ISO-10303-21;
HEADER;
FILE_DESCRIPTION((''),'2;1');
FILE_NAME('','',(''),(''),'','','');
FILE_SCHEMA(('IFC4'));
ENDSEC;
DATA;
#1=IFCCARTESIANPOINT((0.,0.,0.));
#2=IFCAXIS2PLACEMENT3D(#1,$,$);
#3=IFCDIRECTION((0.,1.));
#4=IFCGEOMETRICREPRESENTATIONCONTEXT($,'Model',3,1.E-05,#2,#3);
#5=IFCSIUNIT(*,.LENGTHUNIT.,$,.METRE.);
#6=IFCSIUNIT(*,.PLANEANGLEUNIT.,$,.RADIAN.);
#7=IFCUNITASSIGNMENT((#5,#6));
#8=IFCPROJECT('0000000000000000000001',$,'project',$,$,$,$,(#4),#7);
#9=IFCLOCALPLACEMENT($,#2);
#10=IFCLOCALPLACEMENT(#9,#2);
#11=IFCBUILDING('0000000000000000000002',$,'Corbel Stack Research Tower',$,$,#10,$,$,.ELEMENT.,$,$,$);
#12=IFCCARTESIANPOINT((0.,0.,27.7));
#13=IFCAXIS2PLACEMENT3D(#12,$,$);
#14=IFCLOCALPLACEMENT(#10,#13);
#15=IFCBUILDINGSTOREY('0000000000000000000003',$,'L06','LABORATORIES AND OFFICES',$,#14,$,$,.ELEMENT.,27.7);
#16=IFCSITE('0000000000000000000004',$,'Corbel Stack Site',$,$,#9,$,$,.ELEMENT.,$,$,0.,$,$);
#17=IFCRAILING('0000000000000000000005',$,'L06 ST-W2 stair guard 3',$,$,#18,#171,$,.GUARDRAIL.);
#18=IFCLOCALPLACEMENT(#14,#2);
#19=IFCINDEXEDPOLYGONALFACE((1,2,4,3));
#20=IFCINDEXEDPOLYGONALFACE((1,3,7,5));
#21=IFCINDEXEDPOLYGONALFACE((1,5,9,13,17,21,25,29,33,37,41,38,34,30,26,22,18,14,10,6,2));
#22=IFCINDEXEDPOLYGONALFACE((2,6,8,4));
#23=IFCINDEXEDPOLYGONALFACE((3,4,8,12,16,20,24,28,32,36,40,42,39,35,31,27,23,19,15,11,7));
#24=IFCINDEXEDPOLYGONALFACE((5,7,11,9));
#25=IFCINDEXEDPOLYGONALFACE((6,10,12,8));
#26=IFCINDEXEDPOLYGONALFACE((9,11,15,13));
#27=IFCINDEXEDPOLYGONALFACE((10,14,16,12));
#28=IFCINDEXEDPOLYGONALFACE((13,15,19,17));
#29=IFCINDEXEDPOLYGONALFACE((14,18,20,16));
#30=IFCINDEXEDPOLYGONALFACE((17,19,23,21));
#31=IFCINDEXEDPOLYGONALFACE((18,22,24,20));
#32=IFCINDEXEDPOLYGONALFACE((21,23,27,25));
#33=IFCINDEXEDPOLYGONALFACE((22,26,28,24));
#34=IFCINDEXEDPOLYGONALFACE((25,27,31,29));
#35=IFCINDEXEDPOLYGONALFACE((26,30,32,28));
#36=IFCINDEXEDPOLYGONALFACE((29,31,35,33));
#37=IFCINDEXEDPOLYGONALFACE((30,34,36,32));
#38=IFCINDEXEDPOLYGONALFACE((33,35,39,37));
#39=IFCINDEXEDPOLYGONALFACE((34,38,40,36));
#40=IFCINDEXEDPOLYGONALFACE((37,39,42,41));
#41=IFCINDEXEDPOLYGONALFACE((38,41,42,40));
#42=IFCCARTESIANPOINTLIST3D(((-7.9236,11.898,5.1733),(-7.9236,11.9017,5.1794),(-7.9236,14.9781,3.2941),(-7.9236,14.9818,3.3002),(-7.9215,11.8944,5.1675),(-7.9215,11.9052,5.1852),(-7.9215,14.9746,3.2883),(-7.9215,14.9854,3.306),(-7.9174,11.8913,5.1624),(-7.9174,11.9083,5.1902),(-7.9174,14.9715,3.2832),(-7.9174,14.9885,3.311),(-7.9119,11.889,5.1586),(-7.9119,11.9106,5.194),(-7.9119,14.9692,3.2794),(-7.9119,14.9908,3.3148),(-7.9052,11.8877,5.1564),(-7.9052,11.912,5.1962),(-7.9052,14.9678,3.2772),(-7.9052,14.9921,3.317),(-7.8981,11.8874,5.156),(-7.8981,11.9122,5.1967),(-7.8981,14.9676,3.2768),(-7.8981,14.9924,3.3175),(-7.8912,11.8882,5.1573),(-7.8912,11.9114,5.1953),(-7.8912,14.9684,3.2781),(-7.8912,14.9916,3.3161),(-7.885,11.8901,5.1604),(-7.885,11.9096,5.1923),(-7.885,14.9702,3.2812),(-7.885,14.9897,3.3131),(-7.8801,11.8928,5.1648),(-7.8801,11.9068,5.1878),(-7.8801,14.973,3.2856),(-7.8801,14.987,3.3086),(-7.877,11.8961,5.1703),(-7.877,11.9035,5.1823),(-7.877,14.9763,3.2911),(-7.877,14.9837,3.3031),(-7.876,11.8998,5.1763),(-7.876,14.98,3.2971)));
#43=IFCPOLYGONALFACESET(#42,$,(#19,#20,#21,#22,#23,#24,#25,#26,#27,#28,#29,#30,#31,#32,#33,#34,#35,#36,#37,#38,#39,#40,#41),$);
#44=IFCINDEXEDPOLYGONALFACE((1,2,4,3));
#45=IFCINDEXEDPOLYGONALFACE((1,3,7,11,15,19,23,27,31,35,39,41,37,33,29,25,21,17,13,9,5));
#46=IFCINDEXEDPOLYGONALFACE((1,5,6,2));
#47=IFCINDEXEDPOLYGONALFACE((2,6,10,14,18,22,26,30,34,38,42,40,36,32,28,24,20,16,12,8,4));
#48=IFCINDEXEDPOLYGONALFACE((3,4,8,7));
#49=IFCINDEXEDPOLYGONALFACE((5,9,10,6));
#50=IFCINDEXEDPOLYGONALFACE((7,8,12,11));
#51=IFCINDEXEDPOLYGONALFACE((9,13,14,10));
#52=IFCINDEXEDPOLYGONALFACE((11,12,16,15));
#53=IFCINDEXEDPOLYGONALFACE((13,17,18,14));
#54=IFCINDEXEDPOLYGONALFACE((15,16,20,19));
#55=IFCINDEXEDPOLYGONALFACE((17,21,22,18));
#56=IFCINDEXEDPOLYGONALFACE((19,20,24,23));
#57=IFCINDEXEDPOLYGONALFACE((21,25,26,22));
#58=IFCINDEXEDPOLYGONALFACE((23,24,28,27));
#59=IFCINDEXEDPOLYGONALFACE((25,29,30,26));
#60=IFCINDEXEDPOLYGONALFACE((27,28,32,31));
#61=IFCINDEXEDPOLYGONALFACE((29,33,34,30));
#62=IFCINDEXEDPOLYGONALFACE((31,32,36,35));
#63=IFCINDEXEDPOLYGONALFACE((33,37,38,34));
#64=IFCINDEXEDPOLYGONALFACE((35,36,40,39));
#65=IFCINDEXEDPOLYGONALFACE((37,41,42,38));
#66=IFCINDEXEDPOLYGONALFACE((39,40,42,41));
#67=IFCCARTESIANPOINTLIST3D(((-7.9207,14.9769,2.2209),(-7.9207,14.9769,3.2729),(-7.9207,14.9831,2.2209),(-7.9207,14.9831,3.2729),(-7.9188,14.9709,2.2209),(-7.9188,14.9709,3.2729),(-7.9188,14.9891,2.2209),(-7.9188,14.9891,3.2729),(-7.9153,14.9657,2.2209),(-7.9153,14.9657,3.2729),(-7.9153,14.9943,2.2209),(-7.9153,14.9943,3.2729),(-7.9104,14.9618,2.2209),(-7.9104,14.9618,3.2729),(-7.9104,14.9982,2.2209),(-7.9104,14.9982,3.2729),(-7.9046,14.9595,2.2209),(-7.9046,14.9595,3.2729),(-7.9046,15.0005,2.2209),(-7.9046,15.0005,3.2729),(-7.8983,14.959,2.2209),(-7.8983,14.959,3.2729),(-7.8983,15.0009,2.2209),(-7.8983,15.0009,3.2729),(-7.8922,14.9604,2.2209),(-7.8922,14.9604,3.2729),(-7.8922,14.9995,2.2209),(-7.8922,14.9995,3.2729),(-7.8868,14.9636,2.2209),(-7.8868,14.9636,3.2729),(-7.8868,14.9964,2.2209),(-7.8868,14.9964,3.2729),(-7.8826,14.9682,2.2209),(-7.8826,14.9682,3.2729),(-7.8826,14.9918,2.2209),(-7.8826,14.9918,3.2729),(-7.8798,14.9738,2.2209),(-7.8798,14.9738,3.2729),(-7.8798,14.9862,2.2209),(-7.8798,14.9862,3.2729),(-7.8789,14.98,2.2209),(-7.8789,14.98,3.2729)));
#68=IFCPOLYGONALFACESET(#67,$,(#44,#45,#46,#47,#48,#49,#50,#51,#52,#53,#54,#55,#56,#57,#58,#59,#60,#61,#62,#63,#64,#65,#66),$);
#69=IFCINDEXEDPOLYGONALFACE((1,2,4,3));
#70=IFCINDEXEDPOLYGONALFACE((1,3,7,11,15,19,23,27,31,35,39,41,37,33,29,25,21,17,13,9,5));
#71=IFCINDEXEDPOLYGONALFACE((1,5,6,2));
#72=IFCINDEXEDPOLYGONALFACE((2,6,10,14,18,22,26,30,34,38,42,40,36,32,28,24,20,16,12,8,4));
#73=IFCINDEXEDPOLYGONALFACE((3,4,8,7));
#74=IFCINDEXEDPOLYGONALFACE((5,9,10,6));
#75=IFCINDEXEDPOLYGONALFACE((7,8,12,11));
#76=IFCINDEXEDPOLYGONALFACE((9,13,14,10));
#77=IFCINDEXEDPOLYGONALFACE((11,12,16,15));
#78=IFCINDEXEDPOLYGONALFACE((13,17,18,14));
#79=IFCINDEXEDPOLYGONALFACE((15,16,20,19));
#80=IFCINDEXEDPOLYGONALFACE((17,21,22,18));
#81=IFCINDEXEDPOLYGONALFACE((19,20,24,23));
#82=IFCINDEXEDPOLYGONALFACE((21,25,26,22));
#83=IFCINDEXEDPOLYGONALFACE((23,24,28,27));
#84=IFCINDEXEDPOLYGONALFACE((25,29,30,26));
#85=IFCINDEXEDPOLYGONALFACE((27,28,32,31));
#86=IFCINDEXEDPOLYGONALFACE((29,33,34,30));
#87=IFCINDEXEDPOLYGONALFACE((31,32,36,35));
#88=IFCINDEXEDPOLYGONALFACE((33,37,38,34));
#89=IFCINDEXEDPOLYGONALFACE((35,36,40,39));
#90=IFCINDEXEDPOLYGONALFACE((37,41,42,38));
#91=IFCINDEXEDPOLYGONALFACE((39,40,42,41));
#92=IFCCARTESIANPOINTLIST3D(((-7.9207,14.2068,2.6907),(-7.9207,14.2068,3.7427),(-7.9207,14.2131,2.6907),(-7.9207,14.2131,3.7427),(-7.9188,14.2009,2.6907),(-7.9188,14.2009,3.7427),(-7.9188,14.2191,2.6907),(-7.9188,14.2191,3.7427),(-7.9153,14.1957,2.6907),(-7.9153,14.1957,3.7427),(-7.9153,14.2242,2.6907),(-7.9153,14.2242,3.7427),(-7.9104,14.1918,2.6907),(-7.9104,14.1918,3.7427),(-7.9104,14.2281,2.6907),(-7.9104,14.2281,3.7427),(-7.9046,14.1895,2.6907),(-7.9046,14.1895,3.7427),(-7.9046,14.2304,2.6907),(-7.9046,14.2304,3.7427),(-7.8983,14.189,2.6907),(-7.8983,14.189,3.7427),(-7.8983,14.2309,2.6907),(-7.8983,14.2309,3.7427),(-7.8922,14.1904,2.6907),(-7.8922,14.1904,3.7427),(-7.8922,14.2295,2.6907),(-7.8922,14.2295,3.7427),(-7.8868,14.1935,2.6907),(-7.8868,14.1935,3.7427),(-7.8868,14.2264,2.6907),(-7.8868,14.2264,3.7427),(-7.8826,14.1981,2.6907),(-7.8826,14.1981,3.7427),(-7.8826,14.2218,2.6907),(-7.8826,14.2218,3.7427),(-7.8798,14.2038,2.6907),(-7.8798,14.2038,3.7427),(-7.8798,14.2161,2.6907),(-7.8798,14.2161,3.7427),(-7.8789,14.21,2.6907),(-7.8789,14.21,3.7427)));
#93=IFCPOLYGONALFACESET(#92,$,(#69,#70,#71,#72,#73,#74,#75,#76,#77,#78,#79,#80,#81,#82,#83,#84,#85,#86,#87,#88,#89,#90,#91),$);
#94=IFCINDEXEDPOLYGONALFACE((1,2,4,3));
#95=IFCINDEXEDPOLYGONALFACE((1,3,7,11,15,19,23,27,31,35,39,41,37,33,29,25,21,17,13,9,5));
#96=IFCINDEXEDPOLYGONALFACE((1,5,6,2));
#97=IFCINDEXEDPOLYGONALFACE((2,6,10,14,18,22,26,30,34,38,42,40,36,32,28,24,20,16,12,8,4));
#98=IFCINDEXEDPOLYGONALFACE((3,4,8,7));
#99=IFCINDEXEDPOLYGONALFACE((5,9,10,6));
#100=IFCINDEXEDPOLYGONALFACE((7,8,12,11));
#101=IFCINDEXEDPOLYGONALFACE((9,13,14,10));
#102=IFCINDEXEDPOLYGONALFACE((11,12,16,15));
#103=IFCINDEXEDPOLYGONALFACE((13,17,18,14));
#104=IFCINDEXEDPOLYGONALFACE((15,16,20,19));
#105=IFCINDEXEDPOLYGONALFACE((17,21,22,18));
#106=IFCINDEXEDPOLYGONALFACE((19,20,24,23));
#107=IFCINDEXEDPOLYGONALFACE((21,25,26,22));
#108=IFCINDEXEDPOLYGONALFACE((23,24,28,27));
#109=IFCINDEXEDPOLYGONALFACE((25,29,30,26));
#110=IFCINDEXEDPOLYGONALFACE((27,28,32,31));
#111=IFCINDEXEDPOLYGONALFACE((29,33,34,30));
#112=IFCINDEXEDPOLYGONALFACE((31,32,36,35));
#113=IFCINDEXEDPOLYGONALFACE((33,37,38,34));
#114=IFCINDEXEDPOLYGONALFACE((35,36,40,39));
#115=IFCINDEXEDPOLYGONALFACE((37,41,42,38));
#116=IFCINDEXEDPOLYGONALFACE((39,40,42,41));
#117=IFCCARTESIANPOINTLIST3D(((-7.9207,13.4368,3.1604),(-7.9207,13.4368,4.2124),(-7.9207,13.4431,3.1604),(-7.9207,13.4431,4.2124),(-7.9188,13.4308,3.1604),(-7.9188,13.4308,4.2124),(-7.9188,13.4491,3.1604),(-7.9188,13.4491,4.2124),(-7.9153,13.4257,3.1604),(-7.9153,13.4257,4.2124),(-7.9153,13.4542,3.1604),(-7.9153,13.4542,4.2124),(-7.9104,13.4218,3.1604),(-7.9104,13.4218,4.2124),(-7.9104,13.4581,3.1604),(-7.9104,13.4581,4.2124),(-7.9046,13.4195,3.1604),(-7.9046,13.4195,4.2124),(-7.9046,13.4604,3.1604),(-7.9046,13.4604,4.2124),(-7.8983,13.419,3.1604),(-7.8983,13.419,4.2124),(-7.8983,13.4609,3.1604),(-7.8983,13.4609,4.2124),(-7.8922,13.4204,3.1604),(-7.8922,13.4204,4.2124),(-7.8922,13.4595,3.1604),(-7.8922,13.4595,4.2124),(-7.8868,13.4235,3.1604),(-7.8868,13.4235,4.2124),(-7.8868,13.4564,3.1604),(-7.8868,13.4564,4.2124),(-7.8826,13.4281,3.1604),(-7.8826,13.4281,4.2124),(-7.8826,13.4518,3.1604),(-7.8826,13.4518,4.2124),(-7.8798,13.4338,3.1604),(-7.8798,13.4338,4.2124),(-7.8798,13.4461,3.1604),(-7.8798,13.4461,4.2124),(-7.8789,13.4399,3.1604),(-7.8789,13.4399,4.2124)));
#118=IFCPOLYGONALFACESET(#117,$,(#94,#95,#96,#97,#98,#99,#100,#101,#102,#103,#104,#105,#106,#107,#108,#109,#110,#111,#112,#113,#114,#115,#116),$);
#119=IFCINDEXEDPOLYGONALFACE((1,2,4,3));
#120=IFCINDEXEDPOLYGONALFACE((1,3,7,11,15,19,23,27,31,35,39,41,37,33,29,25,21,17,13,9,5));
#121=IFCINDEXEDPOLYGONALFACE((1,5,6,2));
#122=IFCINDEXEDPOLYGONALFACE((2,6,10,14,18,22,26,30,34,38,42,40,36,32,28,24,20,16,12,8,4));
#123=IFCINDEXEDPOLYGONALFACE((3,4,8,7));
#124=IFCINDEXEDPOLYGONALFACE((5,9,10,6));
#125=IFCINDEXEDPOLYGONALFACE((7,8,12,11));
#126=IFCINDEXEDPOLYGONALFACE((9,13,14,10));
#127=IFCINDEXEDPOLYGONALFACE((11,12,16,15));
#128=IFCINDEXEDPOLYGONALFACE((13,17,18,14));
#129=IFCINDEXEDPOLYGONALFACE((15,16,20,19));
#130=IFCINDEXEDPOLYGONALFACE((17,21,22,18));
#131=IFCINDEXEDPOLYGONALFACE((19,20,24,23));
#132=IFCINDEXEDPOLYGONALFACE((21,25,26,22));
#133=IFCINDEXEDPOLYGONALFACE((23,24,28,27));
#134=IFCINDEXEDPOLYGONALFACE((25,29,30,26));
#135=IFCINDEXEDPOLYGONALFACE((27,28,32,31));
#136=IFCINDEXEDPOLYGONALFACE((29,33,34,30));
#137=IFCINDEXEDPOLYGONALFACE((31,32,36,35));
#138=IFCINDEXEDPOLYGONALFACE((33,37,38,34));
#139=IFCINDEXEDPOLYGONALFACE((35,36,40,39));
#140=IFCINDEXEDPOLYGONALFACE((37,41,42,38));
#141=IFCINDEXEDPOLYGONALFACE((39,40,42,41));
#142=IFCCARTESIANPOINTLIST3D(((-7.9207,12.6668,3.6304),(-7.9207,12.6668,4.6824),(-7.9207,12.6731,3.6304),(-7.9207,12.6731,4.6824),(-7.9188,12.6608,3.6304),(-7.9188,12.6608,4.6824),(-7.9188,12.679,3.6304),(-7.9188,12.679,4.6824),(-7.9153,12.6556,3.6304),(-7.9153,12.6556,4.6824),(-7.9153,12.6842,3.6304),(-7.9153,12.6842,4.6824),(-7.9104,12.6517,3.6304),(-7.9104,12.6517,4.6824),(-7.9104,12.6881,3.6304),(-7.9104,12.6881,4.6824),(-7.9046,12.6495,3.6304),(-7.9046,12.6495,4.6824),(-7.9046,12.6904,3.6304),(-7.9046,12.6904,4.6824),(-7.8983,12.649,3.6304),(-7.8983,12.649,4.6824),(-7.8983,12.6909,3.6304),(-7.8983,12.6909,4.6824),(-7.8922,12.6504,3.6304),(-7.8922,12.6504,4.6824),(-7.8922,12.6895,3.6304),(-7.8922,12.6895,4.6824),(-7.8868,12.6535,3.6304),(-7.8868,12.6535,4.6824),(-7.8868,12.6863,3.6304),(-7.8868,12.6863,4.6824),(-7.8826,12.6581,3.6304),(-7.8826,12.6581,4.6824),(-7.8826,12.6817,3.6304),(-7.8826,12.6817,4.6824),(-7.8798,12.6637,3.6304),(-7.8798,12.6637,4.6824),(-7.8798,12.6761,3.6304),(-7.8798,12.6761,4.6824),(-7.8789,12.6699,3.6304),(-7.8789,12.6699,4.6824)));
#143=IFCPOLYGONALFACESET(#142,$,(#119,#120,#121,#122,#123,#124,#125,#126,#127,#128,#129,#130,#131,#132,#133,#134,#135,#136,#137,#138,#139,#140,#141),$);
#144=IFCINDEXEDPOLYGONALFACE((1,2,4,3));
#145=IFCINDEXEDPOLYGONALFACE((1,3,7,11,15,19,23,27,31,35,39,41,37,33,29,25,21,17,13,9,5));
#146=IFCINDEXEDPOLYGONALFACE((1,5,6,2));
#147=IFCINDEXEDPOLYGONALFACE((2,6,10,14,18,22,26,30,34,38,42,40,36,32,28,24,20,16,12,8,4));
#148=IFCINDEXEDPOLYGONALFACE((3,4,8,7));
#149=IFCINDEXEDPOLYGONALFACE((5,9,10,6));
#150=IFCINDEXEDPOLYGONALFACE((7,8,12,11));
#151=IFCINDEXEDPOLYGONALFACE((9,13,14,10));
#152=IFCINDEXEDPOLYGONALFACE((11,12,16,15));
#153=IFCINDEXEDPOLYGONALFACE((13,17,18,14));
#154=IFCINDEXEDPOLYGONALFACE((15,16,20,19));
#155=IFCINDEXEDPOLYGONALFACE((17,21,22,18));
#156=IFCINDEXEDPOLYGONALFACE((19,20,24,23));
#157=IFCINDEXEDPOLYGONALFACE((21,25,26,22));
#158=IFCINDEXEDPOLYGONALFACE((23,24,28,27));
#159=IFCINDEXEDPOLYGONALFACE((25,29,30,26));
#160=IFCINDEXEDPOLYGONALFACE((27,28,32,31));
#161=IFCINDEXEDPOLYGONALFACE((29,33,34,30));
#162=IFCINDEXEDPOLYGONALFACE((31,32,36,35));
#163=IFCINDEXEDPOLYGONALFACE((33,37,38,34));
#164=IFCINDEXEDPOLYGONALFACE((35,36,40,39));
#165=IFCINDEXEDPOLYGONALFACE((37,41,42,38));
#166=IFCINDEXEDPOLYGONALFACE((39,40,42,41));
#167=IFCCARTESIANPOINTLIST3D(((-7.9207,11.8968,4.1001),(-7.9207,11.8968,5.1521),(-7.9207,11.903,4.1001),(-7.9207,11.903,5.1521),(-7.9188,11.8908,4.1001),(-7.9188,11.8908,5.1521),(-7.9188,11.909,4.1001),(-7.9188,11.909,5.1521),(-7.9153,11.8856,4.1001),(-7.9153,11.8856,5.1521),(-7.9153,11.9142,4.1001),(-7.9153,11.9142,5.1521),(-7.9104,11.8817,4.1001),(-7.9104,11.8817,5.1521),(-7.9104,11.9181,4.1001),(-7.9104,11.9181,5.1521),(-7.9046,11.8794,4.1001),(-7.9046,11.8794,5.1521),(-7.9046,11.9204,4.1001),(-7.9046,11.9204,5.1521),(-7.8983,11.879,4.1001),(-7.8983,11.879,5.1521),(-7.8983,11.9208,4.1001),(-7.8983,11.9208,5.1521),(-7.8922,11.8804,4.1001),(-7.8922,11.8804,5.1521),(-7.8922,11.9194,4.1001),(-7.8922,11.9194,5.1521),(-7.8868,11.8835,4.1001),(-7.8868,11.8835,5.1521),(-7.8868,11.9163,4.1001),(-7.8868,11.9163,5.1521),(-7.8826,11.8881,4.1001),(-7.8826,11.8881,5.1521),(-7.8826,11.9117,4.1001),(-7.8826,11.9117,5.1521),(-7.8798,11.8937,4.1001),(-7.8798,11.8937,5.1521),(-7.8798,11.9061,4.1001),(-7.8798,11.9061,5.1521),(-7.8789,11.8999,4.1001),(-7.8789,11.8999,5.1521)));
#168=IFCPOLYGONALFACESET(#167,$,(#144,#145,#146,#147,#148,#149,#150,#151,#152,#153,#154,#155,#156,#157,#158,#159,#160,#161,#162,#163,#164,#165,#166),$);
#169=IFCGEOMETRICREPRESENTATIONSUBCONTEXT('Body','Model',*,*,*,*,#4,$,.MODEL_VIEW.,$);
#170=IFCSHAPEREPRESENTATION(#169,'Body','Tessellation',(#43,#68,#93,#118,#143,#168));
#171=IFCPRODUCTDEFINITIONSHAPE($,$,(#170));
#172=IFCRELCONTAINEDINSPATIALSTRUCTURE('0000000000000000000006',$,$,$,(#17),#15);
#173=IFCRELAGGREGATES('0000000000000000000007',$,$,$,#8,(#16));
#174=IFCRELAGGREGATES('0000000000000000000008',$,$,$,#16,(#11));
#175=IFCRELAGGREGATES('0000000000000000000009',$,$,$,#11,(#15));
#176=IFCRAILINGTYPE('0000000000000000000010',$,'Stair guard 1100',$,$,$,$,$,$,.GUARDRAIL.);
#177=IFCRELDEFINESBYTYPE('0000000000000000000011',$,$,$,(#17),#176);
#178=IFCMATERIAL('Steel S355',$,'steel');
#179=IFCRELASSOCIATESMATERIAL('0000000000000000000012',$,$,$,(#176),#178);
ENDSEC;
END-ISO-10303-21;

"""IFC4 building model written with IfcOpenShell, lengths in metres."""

from ifc_helpers import new_model, si_unit, direction, frame, origin, origin_2d, place, context, subcontext, project, spatial, circle, extrude, material, type_object, element, save


model = new_model("IFC4")

# Units and contexts
model_context = context("Model", 3, precision=1e-05, world=origin(), true_north=direction((0.0, 1.0)))
body_context = subcontext(model_context, "Body", "Model", "MODEL_VIEW")
ifc_project = project(units=[si_unit("LENGTHUNIT", "METRE"), si_unit("PLANEANGLEUNIT", "RADIAN")], contexts=[model_context])

# Site, building, storey
site_placement = place(None, origin())
site = spatial("IfcSite", under=ifc_project, at=site_placement, Name="Corbel Stack Site", CompositionType="ELEMENT", RefElevation=0.0)
building_placement = place(site_placement, origin())
building = spatial("IfcBuilding", under=site, at=building_placement, Name="Corbel Stack Research Tower", CompositionType="ELEMENT")
storey_placement = place(building_placement, frame((0.0, 0.0, 27.7)))
storey = spatial("IfcBuildingStorey", under=building, at=storey_placement, Name="L06", Description="LABORATORIES AND OFFICES", CompositionType="ELEMENT", Elevation=27.7)

# Railing
ifc_material_1 = material(Name="Steel S355", Category="steel")
railing_type_1 = type_object("IfcRailingType", Name="Stair guard 1100", PredefinedType="GUARDRAIL", material=ifc_material_1)
railing_1_placement = place(storey_placement, frame((-7.8999, 14.98, 2.2209)))
element("IfcRailing", 1, at=railing_1_placement, inside=storey, type_object=railing_type_1, Name="L06 ST-W2 stair guard 3", PredefinedType="GUARDRAIL", context=body_context, shape_type="SweptSolid", body=[
    extrude(circle(Radius=0.0239, at=origin_2d()), frame((0.0, 0.0, 1.0762), z_axis=(0.0, -0.853666, 0.52082), x_axis=(1.0, 0.0, 0.0)), (0.0, 0.0, 1.0), 3.6082),
    extrude(circle(Radius=0.021, at=origin_2d()), origin(), (0.0, 0.0, 1.0), 1.052),
    extrude(circle(Radius=0.021, at=origin_2d()), frame((0.0, -0.77, 0.4697)), (0.0, 0.0, 1.0), 1.052),
    extrude(circle(Radius=0.021, at=origin_2d()), frame((0.0, -1.54, 0.9395)), (0.0, 0.0, 1.0), 1.052),
    extrude(circle(Radius=0.021, at=origin_2d()), frame((0.0, -2.3101, 1.4094)), (0.0, 0.0, 1.0), 1.052),
    extrude(circle(Radius=0.021, at=origin_2d()), frame((0.0, -3.0801, 1.8792)), (0.0, 0.0, 1.0), 1.052),
])

save(model, "model.ifc")
